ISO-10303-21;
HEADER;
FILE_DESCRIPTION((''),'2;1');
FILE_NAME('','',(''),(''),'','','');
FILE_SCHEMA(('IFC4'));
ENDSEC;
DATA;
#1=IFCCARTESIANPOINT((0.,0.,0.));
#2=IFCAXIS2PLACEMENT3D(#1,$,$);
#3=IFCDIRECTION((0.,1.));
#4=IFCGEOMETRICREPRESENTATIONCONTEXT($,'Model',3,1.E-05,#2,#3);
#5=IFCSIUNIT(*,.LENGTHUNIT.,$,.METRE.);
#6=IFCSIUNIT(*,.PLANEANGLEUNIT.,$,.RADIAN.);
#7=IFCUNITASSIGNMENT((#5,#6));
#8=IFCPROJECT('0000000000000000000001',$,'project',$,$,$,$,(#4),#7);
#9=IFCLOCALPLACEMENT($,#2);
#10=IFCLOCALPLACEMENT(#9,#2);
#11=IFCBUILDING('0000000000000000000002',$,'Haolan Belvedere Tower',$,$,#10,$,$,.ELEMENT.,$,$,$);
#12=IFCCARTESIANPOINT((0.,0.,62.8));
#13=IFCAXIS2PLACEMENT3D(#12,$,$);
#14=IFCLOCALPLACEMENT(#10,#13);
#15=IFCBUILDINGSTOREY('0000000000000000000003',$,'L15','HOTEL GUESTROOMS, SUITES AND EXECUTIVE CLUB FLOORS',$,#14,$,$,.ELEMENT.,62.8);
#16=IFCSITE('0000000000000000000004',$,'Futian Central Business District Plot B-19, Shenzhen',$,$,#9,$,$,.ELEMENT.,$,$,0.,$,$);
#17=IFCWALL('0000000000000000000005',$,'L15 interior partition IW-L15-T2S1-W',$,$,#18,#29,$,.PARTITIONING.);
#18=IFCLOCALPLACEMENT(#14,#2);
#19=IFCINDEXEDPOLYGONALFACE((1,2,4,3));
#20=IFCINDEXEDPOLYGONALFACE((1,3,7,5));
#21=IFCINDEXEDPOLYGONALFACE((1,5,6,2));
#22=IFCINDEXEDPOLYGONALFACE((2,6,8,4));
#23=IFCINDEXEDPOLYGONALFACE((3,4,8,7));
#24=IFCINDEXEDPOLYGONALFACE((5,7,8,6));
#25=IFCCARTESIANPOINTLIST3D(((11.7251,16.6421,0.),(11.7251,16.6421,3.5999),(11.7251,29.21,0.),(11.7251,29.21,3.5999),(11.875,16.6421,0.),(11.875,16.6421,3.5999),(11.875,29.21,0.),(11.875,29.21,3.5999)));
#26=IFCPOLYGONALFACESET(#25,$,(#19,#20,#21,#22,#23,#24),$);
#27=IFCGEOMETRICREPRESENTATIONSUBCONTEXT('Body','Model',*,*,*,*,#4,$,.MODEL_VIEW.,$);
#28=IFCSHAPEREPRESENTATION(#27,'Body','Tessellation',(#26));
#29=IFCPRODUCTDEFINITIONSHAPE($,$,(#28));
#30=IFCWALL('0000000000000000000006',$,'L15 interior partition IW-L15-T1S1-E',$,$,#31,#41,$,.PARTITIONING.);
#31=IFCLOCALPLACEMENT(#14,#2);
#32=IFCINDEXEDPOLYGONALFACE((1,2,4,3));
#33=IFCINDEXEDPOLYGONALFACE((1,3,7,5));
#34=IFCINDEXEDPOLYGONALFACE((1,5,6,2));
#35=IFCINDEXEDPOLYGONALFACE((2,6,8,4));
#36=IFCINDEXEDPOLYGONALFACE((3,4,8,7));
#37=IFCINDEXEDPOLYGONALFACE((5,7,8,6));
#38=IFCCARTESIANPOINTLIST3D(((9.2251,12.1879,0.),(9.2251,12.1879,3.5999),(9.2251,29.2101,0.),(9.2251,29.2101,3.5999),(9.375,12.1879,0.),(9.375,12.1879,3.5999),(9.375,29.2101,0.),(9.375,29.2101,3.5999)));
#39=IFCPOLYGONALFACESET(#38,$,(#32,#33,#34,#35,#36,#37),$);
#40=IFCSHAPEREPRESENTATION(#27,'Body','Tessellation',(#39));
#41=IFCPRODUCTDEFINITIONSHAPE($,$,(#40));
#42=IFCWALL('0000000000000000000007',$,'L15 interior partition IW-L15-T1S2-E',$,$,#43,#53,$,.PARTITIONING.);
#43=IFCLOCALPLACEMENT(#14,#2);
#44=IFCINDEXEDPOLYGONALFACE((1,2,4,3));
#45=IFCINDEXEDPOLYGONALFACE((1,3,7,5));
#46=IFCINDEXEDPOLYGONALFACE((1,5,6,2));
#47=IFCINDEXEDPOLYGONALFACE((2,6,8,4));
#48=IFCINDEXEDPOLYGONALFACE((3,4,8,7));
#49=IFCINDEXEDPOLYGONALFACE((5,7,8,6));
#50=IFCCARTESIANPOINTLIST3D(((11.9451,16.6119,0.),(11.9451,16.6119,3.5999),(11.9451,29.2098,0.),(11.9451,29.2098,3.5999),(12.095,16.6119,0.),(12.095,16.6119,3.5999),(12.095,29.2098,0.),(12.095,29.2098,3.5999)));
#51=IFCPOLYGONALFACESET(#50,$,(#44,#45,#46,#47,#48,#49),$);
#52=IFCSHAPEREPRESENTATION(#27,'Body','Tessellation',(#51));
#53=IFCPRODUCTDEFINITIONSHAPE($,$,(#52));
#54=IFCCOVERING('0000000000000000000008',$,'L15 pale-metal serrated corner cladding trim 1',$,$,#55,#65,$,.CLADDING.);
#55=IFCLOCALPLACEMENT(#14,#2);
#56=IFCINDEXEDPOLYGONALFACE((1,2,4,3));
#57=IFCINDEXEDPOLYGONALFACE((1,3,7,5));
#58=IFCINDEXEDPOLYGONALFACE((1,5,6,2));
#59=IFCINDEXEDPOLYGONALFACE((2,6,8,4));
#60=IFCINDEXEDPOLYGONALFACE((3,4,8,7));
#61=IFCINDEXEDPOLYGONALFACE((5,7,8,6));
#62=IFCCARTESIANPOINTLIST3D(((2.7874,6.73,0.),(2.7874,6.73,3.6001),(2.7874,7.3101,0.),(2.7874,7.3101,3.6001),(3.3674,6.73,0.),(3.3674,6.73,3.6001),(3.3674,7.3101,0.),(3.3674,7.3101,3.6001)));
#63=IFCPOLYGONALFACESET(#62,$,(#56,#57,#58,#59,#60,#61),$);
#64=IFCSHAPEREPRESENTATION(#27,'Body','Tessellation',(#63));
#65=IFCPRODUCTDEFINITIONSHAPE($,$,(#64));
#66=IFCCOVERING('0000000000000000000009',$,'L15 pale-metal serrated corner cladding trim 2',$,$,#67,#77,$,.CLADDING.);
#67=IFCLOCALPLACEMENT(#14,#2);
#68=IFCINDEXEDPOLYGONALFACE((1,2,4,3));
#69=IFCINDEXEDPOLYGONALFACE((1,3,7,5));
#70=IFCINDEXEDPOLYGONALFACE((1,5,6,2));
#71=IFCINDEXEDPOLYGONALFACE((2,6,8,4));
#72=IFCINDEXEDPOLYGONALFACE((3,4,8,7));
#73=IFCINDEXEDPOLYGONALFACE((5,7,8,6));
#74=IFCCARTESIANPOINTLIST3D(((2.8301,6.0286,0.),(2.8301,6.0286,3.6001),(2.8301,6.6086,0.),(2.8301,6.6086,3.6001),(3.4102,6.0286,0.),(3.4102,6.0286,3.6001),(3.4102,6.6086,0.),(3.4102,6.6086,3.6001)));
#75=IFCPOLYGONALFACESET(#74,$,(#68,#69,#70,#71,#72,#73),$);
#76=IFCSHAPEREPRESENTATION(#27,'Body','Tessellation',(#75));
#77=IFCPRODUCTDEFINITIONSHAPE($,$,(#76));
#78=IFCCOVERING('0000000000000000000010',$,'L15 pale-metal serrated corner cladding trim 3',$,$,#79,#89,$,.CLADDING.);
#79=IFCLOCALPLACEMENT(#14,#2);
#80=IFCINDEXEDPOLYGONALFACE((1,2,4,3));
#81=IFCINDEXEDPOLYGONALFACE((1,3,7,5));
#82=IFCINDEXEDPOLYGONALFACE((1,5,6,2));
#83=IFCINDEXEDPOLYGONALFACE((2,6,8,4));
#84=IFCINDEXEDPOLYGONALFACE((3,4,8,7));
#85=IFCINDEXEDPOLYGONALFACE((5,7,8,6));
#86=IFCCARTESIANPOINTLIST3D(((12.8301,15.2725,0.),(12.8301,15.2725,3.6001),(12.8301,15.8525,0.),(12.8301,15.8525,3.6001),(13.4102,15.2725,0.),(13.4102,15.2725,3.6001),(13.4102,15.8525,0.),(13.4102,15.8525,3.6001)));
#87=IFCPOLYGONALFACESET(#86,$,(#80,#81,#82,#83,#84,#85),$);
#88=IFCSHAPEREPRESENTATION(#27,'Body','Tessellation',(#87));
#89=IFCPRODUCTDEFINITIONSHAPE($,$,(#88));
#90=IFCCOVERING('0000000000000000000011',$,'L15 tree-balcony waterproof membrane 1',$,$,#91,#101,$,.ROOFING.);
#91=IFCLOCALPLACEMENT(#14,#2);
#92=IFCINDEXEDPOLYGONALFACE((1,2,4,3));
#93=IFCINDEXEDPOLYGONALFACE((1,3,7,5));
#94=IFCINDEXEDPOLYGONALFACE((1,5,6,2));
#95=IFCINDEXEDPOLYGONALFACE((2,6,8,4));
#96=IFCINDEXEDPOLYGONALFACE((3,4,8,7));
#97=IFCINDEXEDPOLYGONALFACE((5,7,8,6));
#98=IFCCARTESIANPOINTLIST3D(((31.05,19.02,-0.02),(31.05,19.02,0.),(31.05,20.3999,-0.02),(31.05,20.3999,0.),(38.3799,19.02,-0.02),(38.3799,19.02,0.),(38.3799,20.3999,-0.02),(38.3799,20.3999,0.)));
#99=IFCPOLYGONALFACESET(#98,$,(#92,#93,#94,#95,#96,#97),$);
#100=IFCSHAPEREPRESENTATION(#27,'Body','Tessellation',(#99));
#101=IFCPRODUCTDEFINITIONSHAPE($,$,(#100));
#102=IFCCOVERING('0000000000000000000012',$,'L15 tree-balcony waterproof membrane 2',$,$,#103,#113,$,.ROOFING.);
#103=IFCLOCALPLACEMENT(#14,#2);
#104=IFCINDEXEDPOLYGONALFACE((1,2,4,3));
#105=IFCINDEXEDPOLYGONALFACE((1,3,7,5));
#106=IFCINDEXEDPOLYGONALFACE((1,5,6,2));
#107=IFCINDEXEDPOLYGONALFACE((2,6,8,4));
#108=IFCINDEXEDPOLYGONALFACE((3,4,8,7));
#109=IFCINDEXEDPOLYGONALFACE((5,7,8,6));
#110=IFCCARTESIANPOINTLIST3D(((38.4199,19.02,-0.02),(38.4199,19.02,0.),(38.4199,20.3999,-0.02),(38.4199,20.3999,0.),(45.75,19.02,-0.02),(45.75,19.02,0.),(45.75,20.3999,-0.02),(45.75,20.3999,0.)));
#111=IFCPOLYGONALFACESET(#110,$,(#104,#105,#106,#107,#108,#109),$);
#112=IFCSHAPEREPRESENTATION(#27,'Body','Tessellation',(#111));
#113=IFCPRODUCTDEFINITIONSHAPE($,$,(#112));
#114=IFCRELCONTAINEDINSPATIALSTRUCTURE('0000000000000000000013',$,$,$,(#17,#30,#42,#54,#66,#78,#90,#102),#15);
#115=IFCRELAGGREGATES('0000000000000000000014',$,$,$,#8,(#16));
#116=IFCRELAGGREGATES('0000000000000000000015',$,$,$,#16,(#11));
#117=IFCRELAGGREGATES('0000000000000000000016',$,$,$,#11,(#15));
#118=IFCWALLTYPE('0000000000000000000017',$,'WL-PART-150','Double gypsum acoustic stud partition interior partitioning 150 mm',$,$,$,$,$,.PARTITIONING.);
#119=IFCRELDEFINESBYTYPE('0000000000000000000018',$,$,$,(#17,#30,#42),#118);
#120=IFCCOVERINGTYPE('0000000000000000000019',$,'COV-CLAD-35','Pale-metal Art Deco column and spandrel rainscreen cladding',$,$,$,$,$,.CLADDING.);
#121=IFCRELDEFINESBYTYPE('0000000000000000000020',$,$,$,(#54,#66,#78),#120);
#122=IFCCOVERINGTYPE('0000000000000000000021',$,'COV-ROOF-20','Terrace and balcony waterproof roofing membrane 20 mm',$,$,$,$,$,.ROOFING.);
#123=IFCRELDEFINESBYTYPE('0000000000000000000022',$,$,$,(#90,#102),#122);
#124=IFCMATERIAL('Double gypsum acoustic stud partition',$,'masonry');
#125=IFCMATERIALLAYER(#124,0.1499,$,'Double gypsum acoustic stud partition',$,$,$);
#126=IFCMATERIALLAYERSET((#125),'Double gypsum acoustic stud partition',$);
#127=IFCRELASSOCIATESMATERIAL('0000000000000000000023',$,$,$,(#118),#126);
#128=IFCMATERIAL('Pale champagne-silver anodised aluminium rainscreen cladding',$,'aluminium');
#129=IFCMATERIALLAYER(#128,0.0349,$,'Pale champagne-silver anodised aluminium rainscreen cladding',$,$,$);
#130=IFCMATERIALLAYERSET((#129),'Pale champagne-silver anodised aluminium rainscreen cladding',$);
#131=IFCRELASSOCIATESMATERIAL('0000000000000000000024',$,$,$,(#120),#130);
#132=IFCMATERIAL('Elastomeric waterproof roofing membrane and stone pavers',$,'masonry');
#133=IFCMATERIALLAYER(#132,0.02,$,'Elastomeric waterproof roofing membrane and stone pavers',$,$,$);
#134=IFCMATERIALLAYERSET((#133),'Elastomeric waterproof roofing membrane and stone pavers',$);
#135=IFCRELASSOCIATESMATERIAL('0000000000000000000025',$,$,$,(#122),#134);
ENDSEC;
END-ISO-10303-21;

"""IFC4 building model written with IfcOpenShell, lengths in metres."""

from ifc_helpers import new_model, si_unit, direction, frame, frame_2d, origin, origin_2d, place, context, subcontext, project, spatial, polyline, rectangle, outline, extrude, material, layer, layer_set, type_object, element, save


model = new_model("IFC4")

# Units and contexts
model_context = context("Model", 3, precision=1e-05, world=origin(), true_north=direction((0.0, 1.0)))
body_context = subcontext(model_context, "Body", "Model", "MODEL_VIEW")
ifc_project = project(units=[si_unit("LENGTHUNIT", "METRE"), si_unit("PLANEANGLEUNIT", "RADIAN")], contexts=[model_context])

# Site, building, storey
site_placement = place(None, origin())
site = spatial("IfcSite", under=ifc_project, at=site_placement, Name="Futian Central Business District Plot B-19, Shenzhen", CompositionType="ELEMENT", RefElevation=0.0)
building_placement = place(site_placement, origin())
building = spatial("IfcBuilding", under=site, at=building_placement, Name="Haolan Belvedere Tower", CompositionType="ELEMENT")
storey_placement = place(building_placement, frame((0.0, 0.0, 62.8)))
storey = spatial("IfcBuildingStorey", under=building, at=storey_placement, Name="L15", Description="HOTEL GUESTROOMS, SUITES AND EXECUTIVE CLUB FLOORS", CompositionType="ELEMENT", Elevation=62.8)

# Walls
ifc_material_1 = material(Name="Double gypsum acoustic stud partition", Category="masonry")
ifc_layer_1 = layer(ifc_material_1, 0.1499, Name="Double gypsum acoustic stud partition")
ifc_layer_set_1 = layer_set([ifc_layer_1], Name="Double gypsum acoustic stud partition")
wall_type_1 = type_object("IfcWallType", Name="WL-PART-150", Description="Double gypsum acoustic stud partition interior partitioning 150 mm", PredefinedType="PARTITIONING", material=ifc_layer_set_1)
wall_1_placement = place(storey_placement, frame((11.8, 16.6421, 0.0), z_axis=(0.0, 0.0, 1.0), x_axis=(0.0, 1.0, 0.0)))
element("IfcWall", 1, at=wall_1_placement, inside=storey, type_object=wall_type_1, Name="L15 interior partition IW-L15-T2S1-W", PredefinedType="PARTITIONING", context=body_context, shape_type="SweptSolid", body=[
    extrude(rectangle(XDim=12.5679, YDim=0.1499, at=frame_2d((6.2839, 0.0))), origin(), (0.0, 0.0, 1.0), 3.5999),
])
wall_2_placement = place(storey_placement, frame((9.3, 12.1877, 0.0), z_axis=(0.0, 0.0, 1.0), x_axis=(0.0, 1.0, 0.0)))
element("IfcWall", 2, at=wall_2_placement, inside=storey, type_object=wall_type_1, Name="L15 interior partition IW-L15-T1S1-E", PredefinedType="PARTITIONING", context=body_context, shape_type="SweptSolid", body=[
    extrude(rectangle(XDim=17.0222, YDim=0.1499, at=frame_2d((8.5112, 0.0))), origin(), (0.0, 0.0, 1.0), 3.5999),
])
wall_3_placement = place(storey_placement, frame((12.02, 16.6121, 0.0), z_axis=(0.0, 0.0, 1.0), x_axis=(0.0, 1.0, 0.0)))
element("IfcWall", 3, at=wall_3_placement, inside=storey, type_object=wall_type_1, Name="L15 interior partition IW-L15-T1S2-E", PredefinedType="PARTITIONING", context=body_context, shape_type="SweptSolid", body=[
    extrude(rectangle(XDim=12.5979, YDim=0.1499, at=frame_2d((6.2988, 0.0))), origin(), (0.0, 0.0, 1.0), 3.5999),
])

# Coverings
ifc_material_2 = material(Name="Pale champagne-silver anodised aluminium rainscreen cladding", Category="aluminium")
ifc_layer_2 = layer(ifc_material_2, 0.0349, Name="Pale champagne-silver anodised aluminium rainscreen cladding")
ifc_layer_set_2 = layer_set([ifc_layer_2], Name="Pale champagne-silver anodised aluminium rainscreen cladding")
covering_type_1 = type_object("IfcCoveringType", Name="COV-CLAD-35", Description="Pale-metal Art Deco column and spandrel rainscreen cladding", PredefinedType="CLADDING", material=ifc_layer_set_2)
for number, where, z_axis, x_axis, name in (
    (4, (3.0774, 7.02, 0.0), (0.0, 0.0, 1.0), (1.0, 0.0, 0.0), "L15 pale-metal serrated corner cladding trim 1"),
    (5, (3.1201, 6.3186, 0.0), (0.0, 0.0, 1.0), (1.0, 0.0, 0.0), "L15 pale-metal serrated corner cladding trim 2"),
    (6, (13.1201, 15.5625, 0.0), (0.0, 0.0, 1.0), (1.0, 0.0, 0.0), "L15 pale-metal serrated corner cladding trim 3"),
):
    element("IfcCovering", number, at=place(storey_placement, frame(where, z_axis=z_axis, x_axis=x_axis)), inside=storey, type_object=covering_type_1, Name=name, PredefinedType="CLADDING", context=body_context, shape_type="SweptSolid", body=[
        extrude(rectangle(XDim=0.5801, YDim=0.5801, at=origin_2d()), origin(), (0.0, 0.0, 1.0), 3.6001),
    ])
ifc_material_3 = material(Name="Elastomeric waterproof roofing membrane and stone pavers", Category="masonry")
ifc_layer_3 = layer(ifc_material_3, 0.02, Name="Elastomeric waterproof roofing membrane and stone pavers")
ifc_layer_set_3 = layer_set([ifc_layer_3], Name="Elastomeric waterproof roofing membrane and stone pavers")
covering_type_2 = type_object("IfcCoveringType", Name="COV-ROOF-20", Description="Terrace and balcony waterproof roofing membrane 20 mm", PredefinedType="ROOFING", material=ifc_layer_set_3)
covering_1_placement = place(storey_placement, frame((0.0, 0.0, -0.02)))
element("IfcCovering", 7, at=covering_1_placement, inside=storey, type_object=covering_type_2, Name="L15 tree-balcony waterproof membrane 1", PredefinedType="ROOFING", context=body_context, shape_type="SweptSolid", body=[
    extrude(outline(polyline([(31.05, 19.02), (38.3799, 19.02), (38.3799, 20.3999), (31.05, 20.3999), (31.05, 19.02)])), origin(), (0.0, 0.0, 1.0), 0.02),
])
covering_2_placement = place(storey_placement, frame((0.0, 0.0, -0.02)))
element("IfcCovering", 8, at=covering_2_placement, inside=storey, type_object=covering_type_2, Name="L15 tree-balcony waterproof membrane 2", PredefinedType="ROOFING", context=body_context, shape_type="SweptSolid", body=[
    extrude(outline(polyline([(38.4199, 19.02), (45.75, 19.02), (45.75, 20.3999), (38.4199, 20.3999), (38.4199, 19.02)])), origin(), (0.0, 0.0, 1.0), 0.02),
])

save(model, "model.ifc")
